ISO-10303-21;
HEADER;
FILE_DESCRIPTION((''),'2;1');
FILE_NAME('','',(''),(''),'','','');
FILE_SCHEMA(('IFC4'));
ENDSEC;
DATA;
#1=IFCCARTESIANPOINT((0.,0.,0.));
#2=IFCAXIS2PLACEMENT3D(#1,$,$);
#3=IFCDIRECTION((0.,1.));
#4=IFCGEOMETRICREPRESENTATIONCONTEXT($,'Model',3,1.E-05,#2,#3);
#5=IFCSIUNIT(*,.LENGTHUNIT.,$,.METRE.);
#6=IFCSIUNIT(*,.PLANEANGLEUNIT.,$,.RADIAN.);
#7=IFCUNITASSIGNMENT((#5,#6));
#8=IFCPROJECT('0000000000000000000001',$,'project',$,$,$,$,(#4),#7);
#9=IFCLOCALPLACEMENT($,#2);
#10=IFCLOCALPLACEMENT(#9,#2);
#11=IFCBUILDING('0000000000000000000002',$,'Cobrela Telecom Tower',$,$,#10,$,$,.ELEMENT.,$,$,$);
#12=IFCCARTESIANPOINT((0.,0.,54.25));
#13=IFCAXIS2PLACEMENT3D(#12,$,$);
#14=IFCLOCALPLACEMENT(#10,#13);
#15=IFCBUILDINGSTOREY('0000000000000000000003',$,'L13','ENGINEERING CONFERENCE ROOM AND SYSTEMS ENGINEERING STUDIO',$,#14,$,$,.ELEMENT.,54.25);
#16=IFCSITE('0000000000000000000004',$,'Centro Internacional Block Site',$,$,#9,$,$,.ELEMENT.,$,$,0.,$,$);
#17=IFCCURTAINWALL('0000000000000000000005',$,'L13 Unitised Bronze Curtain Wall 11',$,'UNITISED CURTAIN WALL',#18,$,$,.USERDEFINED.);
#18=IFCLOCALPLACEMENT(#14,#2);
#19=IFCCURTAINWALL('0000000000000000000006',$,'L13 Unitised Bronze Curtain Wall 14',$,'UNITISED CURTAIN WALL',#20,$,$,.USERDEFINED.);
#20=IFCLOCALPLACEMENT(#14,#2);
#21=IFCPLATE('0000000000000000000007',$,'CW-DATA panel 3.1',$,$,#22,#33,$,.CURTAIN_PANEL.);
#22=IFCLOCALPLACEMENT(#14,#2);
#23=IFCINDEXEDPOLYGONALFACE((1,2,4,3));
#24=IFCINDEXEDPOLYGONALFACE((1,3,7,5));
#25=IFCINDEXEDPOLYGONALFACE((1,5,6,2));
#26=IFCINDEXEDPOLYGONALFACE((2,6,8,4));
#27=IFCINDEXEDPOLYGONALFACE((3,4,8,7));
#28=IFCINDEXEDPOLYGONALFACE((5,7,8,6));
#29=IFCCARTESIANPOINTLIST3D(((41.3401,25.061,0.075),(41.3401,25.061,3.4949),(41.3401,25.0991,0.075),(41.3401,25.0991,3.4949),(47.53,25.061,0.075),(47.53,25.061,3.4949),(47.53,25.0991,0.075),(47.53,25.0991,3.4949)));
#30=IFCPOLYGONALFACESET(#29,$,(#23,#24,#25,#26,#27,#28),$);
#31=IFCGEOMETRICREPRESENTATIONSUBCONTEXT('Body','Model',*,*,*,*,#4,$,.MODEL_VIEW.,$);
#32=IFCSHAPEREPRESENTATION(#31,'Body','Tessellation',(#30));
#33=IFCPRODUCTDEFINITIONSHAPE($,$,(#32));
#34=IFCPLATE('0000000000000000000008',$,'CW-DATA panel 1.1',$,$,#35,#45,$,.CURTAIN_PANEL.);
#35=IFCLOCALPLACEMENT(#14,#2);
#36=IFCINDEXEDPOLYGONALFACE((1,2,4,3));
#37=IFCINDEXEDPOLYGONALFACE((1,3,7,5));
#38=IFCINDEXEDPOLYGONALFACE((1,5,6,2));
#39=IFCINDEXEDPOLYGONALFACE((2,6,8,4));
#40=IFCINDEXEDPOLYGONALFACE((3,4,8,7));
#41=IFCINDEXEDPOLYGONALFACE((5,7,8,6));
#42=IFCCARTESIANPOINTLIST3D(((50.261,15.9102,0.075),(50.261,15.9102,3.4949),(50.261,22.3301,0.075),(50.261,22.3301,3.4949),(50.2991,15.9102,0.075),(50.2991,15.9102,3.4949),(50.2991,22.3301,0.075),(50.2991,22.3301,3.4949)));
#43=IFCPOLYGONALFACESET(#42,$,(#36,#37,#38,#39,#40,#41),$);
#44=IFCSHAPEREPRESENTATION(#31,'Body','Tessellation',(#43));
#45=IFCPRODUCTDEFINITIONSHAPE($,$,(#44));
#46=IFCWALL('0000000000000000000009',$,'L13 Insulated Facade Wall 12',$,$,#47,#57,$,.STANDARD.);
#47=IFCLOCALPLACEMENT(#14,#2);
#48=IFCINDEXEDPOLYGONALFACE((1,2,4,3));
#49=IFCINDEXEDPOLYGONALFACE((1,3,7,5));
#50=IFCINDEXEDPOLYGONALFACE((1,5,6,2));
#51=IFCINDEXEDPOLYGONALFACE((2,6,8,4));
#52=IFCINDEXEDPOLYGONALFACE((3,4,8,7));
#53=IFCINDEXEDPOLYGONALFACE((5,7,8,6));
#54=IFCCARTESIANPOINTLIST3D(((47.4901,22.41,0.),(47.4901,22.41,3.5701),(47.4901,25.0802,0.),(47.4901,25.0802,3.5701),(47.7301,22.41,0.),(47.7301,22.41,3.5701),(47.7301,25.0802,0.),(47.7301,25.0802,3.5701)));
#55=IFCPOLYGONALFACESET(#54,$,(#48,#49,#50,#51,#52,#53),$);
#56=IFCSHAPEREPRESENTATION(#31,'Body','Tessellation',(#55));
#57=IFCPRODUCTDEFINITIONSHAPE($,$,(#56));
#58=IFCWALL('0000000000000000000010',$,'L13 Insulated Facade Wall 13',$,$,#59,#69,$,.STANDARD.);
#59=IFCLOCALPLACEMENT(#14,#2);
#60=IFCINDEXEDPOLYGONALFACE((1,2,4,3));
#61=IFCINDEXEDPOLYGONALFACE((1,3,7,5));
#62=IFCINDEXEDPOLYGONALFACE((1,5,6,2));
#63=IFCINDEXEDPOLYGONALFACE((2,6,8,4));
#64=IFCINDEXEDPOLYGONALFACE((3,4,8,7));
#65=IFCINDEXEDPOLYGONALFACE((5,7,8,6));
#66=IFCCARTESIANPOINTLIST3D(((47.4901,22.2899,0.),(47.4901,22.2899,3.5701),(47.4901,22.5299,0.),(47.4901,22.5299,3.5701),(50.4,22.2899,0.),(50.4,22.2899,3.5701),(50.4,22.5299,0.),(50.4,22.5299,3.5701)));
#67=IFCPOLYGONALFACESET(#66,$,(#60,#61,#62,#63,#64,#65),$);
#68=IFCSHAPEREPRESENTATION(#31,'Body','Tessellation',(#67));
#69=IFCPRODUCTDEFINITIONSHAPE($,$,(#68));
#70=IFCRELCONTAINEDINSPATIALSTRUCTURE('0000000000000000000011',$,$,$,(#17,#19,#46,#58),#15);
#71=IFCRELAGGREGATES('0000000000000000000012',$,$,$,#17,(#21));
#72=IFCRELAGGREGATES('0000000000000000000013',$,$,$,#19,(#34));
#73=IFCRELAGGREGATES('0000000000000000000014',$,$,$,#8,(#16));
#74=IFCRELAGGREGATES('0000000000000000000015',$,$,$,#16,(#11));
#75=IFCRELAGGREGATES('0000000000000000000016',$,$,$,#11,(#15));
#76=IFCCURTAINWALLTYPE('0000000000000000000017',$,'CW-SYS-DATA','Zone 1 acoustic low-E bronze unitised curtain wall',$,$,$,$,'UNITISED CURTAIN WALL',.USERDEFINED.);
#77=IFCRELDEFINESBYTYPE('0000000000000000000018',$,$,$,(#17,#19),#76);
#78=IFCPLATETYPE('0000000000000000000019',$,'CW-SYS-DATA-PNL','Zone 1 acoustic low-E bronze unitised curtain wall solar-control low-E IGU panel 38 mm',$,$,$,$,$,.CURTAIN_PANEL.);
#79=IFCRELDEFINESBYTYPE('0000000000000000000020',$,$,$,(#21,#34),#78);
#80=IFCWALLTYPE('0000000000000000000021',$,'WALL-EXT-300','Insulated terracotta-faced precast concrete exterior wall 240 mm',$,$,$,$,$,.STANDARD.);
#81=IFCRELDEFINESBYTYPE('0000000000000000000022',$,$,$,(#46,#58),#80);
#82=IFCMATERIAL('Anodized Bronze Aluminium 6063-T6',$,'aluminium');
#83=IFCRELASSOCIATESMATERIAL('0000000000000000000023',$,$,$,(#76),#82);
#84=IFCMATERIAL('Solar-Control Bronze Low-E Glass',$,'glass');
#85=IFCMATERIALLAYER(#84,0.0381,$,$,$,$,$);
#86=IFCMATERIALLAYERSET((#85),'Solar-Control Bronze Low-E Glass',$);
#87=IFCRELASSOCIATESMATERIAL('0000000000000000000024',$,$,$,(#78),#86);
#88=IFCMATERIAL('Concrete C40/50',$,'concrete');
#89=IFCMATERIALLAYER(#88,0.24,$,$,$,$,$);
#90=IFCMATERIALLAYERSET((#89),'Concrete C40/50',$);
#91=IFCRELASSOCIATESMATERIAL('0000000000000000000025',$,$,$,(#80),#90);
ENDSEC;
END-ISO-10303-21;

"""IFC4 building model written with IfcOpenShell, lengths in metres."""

from ifc_helpers import new_model, si_unit, direction, frame, frame_2d, origin, origin_2d, place, context, subcontext, project, spatial, rectangle, extrude, material, layer, layer_set, type_object, element, aggregate, save


model = new_model("IFC4")

# Units and contexts
model_context = context("Model", 3, precision=1e-05, world=origin(), true_north=direction((0.0, 1.0)))
body_context = subcontext(model_context, "Body", "Model", "MODEL_VIEW")
ifc_project = project(units=[si_unit("LENGTHUNIT", "METRE"), si_unit("PLANEANGLEUNIT", "RADIAN")], contexts=[model_context])

# Site, building, storey
site_placement = place(None, origin())
site = spatial("IfcSite", under=ifc_project, at=site_placement, Name="Centro Internacional Block Site", CompositionType="ELEMENT", RefElevation=0.0)
building_placement = place(site_placement, origin())
building = spatial("IfcBuilding", under=site, at=building_placement, Name="Cobrela Telecom Tower", CompositionType="ELEMENT")
storey_placement = place(building_placement, frame((0.0, 0.0, 54.25)))
storey = spatial("IfcBuildingStorey", under=building, at=storey_placement, Name="L13", Description="ENGINEERING CONFERENCE ROOM AND SYSTEMS ENGINEERING STUDIO", CompositionType="ELEMENT", Elevation=54.25)

# Curtain wall
ifc_material_1 = material(Name="Anodized Bronze Aluminium 6063-T6", Category="aluminium")
curtain_wall_type = type_object("IfcCurtainWallType", Name="CW-SYS-DATA", Description="Zone 1 acoustic low-E bronze unitised curtain wall", ElementType="UNITISED CURTAIN WALL", PredefinedType="USERDEFINED", material=ifc_material_1)
curtain_wall_1_placement = place(storey_placement, origin())
curtain_wall_1 = element("IfcCurtainWall", 1, at=curtain_wall_1_placement, inside=storey, type_object=curtain_wall_type, Name="L13 Unitised Bronze Curtain Wall 11", ObjectType="UNITISED CURTAIN WALL", PredefinedType="USERDEFINED")

# Curtain wall
curtain_wall_2_placement = place(storey_placement, origin())
curtain_wall_2 = element("IfcCurtainWall", 2, at=curtain_wall_2_placement, inside=storey, type_object=curtain_wall_type, Name="L13 Unitised Bronze Curtain Wall 14", ObjectType="UNITISED CURTAIN WALL", PredefinedType="USERDEFINED")

# Plates
ifc_material_2 = material(Name="Solar-Control Bronze Low-E Glass", Category="glass")
ifc_layer_1 = layer(ifc_material_2, 0.0381)
ifc_layer_set_1 = layer_set([ifc_layer_1], Name="Solar-Control Bronze Low-E Glass")
plate_type = type_object("IfcPlateType", Name="CW-SYS-DATA-PNL", Description="Zone 1 acoustic low-E bronze unitised curtain wall solar-control low-E IGU panel 38 mm", PredefinedType="CURTAIN_PANEL", material=ifc_layer_set_1)
plate_1_placement = place(storey_placement, frame((44.4351, 25.0801, 0.075), z_axis=(0.0, 0.0, 1.0), x_axis=(1.0, 0.0, 0.0)))
plate_1 = element("IfcPlate", 3, at=plate_1_placement, type_object=plate_type, Name="CW-DATA panel 3.1", PredefinedType="CURTAIN_PANEL", context=body_context, shape_type="SweptSolid", body=[
    extrude(rectangle(XDim=6.1899, YDim=0.0381, at=origin_2d()), origin(), (0.0, 0.0, 1.0), 3.4199),
])
aggregate(curtain_wall_1, [plate_1])
plate_2_placement = place(storey_placement, frame((50.28, 19.1201, 0.075), z_axis=(0.0, 0.0, 1.0), x_axis=(0.0, -1.0, 0.0)))
plate_2 = element("IfcPlate", 4, at=plate_2_placement, type_object=plate_type, Name="CW-DATA panel 1.1", PredefinedType="CURTAIN_PANEL", context=body_context, shape_type="SweptSolid", body=[
    extrude(rectangle(XDim=6.4199, YDim=0.0381, at=origin_2d()), origin(), (0.0, 0.0, 1.0), 3.4199),
])
aggregate(curtain_wall_2, [plate_2])

# Walls
ifc_material_3 = material(Name="Concrete C40/50", Category="concrete")
ifc_layer_2 = layer(ifc_material_3, 0.24)
ifc_layer_set_2 = layer_set([ifc_layer_2], Name="Concrete C40/50")
wall_type = type_object("IfcWallType", Name="WALL-EXT-300", Description="Insulated terracotta-faced precast concrete exterior wall 240 mm", PredefinedType="STANDARD", material=ifc_layer_set_2)
wall_1_placement = place(storey_placement, frame((47.6101, 25.0801, 0.0), z_axis=(0.0, 0.0, 1.0), x_axis=(0.0, -1.0, 0.0)))
element("IfcWall", 5, at=wall_1_placement, inside=storey, type_object=wall_type, Name="L13 Insulated Facade Wall 12", PredefinedType="STANDARD", context=body_context, shape_type="SweptSolid", body=[
    extrude(rectangle(XDim=2.6702, YDim=0.24, at=frame_2d((1.335, 0.0))), origin(), (0.0, 0.0, 1.0), 3.5701),
])
wall_2_placement = place(storey_placement, frame((47.49, 22.4099, 0.0), z_axis=(0.0, 0.0, 1.0), x_axis=(1.0, 0.0, 0.0)))
element("IfcWall", 6, at=wall_2_placement, inside=storey, type_object=wall_type, Name="L13 Insulated Facade Wall 13", PredefinedType="STANDARD", context=body_context, shape_type="SweptSolid", body=[
    extrude(rectangle(XDim=2.9099, YDim=0.24, at=frame_2d((1.4551, 0.0))), origin(), (0.0, 0.0, 1.0), 3.5701),
])

save(model, "model.ifc")
